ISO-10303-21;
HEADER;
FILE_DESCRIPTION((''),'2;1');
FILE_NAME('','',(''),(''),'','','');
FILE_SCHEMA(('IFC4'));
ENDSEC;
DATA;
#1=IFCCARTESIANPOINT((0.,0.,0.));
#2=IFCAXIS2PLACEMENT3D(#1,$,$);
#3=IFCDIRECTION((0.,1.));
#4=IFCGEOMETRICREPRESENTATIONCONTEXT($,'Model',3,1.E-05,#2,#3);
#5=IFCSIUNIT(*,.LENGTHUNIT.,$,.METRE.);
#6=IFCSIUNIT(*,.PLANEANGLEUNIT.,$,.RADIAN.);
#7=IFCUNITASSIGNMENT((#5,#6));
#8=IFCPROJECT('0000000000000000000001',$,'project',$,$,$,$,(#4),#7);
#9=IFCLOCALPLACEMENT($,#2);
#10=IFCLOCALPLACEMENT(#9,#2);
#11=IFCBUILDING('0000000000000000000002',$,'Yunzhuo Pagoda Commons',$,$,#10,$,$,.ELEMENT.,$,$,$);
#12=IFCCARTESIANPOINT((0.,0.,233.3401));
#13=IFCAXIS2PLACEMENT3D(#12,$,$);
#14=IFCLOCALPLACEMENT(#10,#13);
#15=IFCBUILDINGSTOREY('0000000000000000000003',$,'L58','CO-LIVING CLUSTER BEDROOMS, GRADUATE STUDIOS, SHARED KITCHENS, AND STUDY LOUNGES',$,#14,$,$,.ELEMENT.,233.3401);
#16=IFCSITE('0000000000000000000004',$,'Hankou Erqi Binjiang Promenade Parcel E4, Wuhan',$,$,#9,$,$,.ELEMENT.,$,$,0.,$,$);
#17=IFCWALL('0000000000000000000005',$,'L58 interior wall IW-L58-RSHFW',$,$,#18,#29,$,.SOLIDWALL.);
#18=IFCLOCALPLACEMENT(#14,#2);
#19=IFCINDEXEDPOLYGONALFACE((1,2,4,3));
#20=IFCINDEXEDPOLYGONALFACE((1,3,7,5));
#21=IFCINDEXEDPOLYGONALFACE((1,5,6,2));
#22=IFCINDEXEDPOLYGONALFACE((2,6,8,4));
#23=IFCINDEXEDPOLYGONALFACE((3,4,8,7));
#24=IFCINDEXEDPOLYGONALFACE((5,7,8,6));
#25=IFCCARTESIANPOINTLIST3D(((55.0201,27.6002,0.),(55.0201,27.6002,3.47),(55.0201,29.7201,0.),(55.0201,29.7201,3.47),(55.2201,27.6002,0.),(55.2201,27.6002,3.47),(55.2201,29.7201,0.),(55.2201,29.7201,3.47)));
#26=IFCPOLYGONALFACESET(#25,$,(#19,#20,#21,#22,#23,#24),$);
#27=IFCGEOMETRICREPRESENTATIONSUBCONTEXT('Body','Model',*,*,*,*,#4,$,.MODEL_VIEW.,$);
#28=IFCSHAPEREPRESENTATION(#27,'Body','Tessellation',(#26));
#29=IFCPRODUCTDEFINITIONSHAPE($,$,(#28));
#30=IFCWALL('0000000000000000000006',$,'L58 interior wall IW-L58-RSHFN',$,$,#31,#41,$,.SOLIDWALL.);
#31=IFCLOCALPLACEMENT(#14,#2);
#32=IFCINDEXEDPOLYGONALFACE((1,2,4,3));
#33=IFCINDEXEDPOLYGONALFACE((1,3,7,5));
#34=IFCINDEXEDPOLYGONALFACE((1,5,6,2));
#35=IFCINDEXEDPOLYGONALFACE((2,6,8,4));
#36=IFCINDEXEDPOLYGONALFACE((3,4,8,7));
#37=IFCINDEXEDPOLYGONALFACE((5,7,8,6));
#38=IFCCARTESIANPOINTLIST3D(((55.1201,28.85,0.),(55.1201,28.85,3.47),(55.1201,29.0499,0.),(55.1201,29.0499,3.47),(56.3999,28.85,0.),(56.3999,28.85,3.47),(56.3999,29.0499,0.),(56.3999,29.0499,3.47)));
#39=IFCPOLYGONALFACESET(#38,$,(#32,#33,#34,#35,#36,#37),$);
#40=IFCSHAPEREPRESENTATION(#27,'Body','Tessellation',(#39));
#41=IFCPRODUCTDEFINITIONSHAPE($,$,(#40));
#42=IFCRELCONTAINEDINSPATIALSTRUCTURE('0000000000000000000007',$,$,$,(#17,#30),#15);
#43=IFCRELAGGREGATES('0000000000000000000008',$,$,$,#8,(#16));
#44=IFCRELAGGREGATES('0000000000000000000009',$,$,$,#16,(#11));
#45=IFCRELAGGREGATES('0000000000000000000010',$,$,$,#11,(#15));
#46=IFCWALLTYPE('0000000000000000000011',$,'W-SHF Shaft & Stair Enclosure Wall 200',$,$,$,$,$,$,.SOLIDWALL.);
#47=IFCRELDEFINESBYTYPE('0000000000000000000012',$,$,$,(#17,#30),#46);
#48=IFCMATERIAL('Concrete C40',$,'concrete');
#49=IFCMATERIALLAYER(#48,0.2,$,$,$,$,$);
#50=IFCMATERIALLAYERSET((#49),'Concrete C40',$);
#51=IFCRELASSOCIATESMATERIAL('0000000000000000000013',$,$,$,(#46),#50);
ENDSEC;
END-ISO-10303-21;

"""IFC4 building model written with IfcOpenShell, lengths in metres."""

from ifc_helpers import new_model, si_unit, direction, frame, frame_2d, origin, place, context, subcontext, project, spatial, rectangle, extrude, material, layer, layer_set, type_object, element, save


model = new_model("IFC4")

# Units and contexts
model_context = context("Model", 3, precision=1e-05, world=origin(), true_north=direction((0.0, 1.0)))
body_context = subcontext(model_context, "Body", "Model", "MODEL_VIEW")
ifc_project = project(units=[si_unit("LENGTHUNIT", "METRE"), si_unit("PLANEANGLEUNIT", "RADIAN")], contexts=[model_context])

# Site, building, storey
site_placement = place(None, origin())
site = spatial("IfcSite", under=ifc_project, at=site_placement, Name="Hankou Erqi Binjiang Promenade Parcel E4, Wuhan", CompositionType="ELEMENT", RefElevation=0.0)
building_placement = place(site_placement, origin())
building = spatial("IfcBuilding", under=site, at=building_placement, Name="Yunzhuo Pagoda Commons", CompositionType="ELEMENT")
storey_placement = place(building_placement, frame((0.0, 0.0, 233.3401)))
storey = spatial("IfcBuildingStorey", under=building, at=storey_placement, Name="L58", Description="CO-LIVING CLUSTER BEDROOMS, GRADUATE STUDIOS, SHARED KITCHENS, AND STUDY LOUNGES", CompositionType="ELEMENT", Elevation=233.3401)

# Shared definitions
ifc_material_1 = material(Name="Concrete C40", Category="concrete")
ifc_layer_1 = layer(ifc_material_1, 0.2)
ifc_layer_set_1 = layer_set([ifc_layer_1], Name="Concrete C40")
wall_type_1 = type_object("IfcWallType", Name="W-SHF Shaft & Stair Enclosure Wall 200", PredefinedType="SOLIDWALL", material=ifc_layer_set_1)

# Walls
for number, where, z_axis, x_axis, name in (
    (1, (55.1201, 27.6001, 0.0), (0.0, 0.0, 1.0), (0.0, 1.0, 0.0), "L58 interior wall IW-L58-RSHFW"),
):
    element("IfcWall", number, at=place(storey_placement, frame(where, z_axis=z_axis, x_axis=x_axis)), inside=storey, type_object=wall_type_1, Name=name, PredefinedType="SOLIDWALL", context=body_context, shape_type="SweptSolid", body=[
        extrude(rectangle(XDim=2.1199, YDim=0.2, at=frame_2d((1.0601, 0.0))), origin(), (0.0, 0.0, 1.0), 3.47),
    ])
wall_1_placement = place(storey_placement, frame((55.1201, 28.95, 0.0), z_axis=(0.0, 0.0, 1.0), x_axis=(1.0, 0.0, 0.0)))
element("IfcWall", 2, at=wall_1_placement, inside=storey, type_object=wall_type_1, Name="L58 interior wall IW-L58-RSHFN", PredefinedType="SOLIDWALL", context=body_context, shape_type="SweptSolid", body=[
    extrude(rectangle(XDim=1.2798, YDim=0.2, at=frame_2d((0.6399, 0.0))), origin(), (0.0, 0.0, 1.0), 3.47),
])

save(model, "model.ifc")
